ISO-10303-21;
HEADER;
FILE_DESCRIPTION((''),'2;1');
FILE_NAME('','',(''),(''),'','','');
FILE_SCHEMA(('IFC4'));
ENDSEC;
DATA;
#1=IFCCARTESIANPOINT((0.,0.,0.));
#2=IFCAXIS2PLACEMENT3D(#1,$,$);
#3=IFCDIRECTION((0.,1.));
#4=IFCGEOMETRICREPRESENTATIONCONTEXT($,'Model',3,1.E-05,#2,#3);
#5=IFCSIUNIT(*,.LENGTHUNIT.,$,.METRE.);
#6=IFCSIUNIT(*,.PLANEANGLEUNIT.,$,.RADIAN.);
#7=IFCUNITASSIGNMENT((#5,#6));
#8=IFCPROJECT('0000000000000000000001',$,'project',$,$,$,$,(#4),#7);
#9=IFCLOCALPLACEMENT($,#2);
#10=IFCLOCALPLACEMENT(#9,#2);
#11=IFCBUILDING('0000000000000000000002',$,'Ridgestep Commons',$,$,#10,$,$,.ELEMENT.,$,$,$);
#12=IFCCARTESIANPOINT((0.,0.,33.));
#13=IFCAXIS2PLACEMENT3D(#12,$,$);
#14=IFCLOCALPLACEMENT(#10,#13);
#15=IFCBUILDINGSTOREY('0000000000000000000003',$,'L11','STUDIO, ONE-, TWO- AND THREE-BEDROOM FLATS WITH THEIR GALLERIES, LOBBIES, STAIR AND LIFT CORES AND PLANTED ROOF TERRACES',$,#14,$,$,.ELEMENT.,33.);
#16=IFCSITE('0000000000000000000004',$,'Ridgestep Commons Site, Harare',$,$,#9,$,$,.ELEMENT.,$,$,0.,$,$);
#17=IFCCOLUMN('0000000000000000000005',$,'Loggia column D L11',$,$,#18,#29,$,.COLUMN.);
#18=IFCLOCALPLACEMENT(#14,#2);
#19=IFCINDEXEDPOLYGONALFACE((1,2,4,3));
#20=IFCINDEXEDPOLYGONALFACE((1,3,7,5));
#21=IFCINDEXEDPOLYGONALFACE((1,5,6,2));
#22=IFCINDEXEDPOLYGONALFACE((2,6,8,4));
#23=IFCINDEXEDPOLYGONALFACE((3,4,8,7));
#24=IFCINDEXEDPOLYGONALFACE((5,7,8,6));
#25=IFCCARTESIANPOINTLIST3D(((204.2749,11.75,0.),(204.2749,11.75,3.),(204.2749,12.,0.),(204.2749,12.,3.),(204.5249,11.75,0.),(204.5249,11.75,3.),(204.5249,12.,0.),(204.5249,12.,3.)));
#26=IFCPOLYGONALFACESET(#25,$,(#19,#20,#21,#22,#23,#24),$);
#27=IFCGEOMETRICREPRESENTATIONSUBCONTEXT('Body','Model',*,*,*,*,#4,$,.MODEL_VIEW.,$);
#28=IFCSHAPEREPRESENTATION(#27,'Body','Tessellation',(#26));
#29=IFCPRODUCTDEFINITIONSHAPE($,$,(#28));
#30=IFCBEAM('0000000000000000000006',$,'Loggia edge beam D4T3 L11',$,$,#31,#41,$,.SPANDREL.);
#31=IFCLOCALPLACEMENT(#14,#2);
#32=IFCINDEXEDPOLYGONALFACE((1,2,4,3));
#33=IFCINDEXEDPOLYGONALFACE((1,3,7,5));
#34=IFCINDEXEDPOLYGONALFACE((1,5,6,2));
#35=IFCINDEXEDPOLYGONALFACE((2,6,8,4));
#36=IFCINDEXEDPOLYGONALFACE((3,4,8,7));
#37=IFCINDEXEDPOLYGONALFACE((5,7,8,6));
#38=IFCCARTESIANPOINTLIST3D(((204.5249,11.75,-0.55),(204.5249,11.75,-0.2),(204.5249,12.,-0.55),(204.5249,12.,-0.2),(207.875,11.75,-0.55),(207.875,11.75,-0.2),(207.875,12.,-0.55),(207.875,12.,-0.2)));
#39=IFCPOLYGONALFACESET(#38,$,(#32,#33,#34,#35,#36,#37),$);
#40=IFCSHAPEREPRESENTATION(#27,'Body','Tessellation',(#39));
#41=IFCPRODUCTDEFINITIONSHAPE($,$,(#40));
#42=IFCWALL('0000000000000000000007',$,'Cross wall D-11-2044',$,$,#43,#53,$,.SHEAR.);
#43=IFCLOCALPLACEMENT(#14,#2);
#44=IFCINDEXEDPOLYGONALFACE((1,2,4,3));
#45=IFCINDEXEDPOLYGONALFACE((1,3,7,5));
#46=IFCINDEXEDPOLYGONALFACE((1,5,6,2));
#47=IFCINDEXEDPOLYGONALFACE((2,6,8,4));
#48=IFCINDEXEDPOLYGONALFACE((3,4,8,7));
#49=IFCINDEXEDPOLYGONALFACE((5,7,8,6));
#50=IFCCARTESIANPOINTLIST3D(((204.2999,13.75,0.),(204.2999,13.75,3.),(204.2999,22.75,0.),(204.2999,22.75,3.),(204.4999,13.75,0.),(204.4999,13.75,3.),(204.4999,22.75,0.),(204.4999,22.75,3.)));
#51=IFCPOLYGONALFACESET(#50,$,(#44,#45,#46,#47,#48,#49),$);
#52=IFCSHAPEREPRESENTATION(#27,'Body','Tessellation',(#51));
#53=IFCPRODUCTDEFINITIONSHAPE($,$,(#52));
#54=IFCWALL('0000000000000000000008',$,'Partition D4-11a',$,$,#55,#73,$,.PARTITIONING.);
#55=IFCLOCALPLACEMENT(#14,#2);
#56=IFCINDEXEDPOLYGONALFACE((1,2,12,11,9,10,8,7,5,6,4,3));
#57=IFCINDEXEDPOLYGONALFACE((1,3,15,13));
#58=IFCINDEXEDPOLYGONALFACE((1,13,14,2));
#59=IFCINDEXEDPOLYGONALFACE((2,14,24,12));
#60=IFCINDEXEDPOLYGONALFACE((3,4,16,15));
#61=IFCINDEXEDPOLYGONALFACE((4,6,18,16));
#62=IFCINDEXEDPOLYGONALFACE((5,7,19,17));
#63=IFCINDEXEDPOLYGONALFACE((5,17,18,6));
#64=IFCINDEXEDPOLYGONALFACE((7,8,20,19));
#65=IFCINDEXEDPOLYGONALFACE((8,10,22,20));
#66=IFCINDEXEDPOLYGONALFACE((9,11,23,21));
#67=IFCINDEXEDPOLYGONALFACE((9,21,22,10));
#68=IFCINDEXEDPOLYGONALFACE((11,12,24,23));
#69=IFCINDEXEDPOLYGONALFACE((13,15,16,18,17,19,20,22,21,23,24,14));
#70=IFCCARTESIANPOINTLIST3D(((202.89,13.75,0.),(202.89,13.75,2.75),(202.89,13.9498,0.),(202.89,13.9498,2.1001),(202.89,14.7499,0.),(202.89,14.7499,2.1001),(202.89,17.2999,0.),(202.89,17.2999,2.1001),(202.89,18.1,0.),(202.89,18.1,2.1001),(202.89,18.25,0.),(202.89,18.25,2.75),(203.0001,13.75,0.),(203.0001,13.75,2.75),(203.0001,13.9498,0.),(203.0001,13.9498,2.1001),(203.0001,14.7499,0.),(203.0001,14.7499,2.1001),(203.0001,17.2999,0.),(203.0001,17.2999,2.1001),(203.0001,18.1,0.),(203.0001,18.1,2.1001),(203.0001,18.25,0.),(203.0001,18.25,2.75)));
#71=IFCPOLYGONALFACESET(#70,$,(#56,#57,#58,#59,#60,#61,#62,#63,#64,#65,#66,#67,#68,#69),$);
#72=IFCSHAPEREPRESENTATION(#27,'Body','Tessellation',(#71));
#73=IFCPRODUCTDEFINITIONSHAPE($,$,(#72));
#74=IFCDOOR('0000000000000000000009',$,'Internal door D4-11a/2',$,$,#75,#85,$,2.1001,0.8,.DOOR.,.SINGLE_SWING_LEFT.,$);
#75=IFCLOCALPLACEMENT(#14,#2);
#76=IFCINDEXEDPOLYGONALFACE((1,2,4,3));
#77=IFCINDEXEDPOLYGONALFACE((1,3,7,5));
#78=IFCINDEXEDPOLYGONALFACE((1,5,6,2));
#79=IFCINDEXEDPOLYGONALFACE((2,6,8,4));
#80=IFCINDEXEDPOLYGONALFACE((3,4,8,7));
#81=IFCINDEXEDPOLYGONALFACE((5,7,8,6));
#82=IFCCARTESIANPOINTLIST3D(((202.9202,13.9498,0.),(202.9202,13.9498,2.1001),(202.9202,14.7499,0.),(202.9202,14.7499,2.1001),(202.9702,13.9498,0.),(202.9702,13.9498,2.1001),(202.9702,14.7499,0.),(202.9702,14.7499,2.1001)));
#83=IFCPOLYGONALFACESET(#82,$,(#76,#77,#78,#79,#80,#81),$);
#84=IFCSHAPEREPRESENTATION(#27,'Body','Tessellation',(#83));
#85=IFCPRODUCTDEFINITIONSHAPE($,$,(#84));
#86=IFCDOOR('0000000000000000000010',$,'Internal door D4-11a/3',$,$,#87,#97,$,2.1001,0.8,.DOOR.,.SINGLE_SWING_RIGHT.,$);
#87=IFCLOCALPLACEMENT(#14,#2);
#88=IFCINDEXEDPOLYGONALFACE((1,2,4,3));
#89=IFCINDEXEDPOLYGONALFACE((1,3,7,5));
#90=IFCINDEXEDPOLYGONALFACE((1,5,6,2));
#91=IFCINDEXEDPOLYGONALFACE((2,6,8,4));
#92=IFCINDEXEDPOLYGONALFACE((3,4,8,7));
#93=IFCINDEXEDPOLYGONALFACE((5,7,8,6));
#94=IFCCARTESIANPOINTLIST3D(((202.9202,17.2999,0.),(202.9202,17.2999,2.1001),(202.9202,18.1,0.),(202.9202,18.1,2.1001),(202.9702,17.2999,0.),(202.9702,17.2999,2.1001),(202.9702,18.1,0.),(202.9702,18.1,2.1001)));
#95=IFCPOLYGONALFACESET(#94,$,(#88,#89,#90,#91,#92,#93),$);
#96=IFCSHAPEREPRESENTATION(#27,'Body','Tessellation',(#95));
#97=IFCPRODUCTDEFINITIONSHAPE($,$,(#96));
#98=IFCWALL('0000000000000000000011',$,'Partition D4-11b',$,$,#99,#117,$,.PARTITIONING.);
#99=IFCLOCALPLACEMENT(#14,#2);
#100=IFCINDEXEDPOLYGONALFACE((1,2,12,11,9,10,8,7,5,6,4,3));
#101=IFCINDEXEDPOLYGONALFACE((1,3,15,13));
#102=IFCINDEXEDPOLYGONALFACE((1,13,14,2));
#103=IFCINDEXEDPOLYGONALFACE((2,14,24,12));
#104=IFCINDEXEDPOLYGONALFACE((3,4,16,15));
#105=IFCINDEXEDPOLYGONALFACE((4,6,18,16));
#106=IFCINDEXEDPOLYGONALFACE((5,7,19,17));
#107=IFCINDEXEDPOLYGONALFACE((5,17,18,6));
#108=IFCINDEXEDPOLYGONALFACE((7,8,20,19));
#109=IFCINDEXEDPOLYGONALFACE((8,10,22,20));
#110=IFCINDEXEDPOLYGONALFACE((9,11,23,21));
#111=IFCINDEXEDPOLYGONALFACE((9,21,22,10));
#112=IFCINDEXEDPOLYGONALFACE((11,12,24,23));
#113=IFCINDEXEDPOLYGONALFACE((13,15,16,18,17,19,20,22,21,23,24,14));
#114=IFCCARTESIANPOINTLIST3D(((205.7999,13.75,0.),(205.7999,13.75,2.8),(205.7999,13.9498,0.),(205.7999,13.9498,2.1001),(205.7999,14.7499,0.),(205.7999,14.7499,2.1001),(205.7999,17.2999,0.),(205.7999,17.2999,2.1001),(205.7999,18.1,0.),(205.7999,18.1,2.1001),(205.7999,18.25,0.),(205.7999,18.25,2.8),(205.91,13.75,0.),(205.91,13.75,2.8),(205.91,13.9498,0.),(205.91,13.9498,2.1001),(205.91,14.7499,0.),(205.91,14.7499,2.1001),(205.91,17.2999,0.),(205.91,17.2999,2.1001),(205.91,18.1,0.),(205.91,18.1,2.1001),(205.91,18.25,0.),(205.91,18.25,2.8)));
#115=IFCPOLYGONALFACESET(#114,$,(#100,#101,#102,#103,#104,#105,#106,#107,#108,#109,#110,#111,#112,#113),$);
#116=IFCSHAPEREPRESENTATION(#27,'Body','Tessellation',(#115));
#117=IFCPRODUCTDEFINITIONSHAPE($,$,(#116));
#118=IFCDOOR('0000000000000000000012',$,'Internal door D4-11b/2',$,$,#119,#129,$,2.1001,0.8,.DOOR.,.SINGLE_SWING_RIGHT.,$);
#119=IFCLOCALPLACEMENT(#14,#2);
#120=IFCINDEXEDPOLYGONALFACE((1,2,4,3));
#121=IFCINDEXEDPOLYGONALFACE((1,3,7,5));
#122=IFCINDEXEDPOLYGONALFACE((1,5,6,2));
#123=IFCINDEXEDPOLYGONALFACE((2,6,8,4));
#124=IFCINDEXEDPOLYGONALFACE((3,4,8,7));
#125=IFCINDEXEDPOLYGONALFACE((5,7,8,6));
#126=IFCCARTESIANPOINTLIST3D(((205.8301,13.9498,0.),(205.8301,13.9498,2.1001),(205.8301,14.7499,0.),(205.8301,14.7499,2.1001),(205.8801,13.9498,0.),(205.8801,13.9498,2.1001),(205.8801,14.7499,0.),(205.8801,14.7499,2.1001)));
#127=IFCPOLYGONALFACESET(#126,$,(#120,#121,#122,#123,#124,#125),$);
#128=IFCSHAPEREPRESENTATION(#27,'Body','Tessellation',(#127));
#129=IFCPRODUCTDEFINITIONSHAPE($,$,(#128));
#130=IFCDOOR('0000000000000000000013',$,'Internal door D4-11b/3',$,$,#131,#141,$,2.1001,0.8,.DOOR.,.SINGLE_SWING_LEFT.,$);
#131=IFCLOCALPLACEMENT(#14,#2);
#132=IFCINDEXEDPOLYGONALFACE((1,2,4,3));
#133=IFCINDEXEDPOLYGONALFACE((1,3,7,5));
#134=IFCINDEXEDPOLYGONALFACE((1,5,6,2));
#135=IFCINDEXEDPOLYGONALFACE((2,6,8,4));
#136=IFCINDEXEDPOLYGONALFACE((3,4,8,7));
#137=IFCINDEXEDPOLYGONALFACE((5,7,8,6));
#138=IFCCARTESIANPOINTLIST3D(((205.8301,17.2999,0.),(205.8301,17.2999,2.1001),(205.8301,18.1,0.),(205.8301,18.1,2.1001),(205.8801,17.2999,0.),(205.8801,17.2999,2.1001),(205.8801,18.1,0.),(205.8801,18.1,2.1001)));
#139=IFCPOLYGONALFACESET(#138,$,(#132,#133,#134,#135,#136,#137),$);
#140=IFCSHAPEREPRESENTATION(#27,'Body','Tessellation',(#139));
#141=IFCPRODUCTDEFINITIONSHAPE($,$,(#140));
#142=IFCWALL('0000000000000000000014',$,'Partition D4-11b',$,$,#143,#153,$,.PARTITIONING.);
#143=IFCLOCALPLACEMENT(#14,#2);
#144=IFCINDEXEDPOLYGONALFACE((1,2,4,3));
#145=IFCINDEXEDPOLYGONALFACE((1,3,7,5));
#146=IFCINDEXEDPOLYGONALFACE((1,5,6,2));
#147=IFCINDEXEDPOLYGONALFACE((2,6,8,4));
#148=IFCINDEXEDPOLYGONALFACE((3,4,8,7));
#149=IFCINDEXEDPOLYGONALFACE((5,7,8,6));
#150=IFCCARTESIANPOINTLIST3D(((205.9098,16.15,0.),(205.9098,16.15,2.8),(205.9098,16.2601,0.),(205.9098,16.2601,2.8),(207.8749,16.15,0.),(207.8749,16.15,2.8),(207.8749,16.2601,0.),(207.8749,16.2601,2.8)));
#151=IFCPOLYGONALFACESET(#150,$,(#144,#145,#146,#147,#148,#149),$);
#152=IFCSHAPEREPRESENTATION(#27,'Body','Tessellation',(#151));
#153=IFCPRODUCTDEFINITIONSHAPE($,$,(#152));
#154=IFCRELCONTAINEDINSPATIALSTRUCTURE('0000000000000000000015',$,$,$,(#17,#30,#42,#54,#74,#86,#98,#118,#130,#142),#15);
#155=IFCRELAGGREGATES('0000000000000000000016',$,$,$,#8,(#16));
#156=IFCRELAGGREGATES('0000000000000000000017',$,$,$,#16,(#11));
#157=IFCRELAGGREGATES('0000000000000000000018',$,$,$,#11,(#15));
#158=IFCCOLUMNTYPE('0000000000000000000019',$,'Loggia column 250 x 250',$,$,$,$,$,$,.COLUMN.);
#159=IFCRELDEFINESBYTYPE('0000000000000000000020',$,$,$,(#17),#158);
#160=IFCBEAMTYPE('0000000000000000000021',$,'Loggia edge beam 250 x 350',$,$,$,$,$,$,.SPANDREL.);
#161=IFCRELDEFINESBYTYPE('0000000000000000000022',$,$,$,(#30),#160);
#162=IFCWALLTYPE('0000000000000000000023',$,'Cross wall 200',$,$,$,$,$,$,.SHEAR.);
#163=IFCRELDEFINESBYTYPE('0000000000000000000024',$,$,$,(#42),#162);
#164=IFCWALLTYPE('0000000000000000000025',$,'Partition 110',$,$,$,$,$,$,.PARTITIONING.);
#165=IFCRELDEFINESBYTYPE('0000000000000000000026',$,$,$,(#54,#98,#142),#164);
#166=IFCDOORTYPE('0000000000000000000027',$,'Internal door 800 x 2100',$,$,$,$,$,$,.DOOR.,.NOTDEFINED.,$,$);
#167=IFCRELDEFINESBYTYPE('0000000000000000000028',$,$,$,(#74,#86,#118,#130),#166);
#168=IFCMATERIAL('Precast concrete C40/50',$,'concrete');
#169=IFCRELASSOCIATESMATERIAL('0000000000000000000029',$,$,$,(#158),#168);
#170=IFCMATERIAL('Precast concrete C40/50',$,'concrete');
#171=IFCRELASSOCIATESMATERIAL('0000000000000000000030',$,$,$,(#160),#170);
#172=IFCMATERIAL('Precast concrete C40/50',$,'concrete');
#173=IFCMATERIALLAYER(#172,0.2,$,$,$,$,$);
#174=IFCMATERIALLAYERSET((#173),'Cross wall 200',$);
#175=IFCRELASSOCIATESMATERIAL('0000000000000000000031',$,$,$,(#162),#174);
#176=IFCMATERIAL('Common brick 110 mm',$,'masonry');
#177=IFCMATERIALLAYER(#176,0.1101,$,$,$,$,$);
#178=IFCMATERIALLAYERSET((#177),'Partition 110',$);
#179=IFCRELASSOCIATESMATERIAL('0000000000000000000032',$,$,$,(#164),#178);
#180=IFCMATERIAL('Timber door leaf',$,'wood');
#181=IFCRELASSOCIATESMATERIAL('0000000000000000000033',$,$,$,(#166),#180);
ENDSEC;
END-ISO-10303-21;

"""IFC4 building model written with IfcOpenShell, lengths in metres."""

from ifc_helpers import new_model, si_unit, direction, frame, frame_2d, origin, origin_2d, place, context, subcontext, project, spatial, rectangle, extrude, material, layer, layer_set, material_profile, profile_set, type_object, element, fill, save


model = new_model("IFC4")

# Units and contexts
model_context = context("Model", 3, precision=1e-05, world=origin(), true_north=direction((0.0, 1.0)))
body_context = subcontext(model_context, "Body", "Model", "MODEL_VIEW")
ifc_project = project(units=[si_unit("LENGTHUNIT", "METRE"), si_unit("PLANEANGLEUNIT", "RADIAN")], contexts=[model_context])

# Site, building, storey
site_placement = place(None, origin())
site = spatial("IfcSite", under=ifc_project, at=site_placement, Name="Ridgestep Commons Site, Harare", CompositionType="ELEMENT", RefElevation=0.0)
building_placement = place(site_placement, origin())
building = spatial("IfcBuilding", under=site, at=building_placement, Name="Ridgestep Commons", CompositionType="ELEMENT")
storey_placement = place(building_placement, frame((0.0, 0.0, 33.0)))
storey = spatial("IfcBuildingStorey", under=building, at=storey_placement, Name="L11", Description="STUDIO, ONE-, TWO- AND THREE-BEDROOM FLATS WITH THEIR GALLERIES, LOBBIES, STAIR AND LIFT CORES AND PLANTED ROOF TERRACES", CompositionType="ELEMENT", Elevation=33.0)

# Column
ifc_material_1 = material(Name="Precast concrete C40/50", Category="concrete")
ifc_material_profile_1 = material_profile(ifc_material_1, rectangle(XDim=0.25, YDim=0.25, at=origin_2d()), Name="PC 250x250")
ifc_profile_set_1 = profile_set([ifc_material_profile_1], Name="Precast concrete C40/50")
column_type = type_object("IfcColumnType", Name="Loggia column 250 x 250", PredefinedType="COLUMN", material=ifc_profile_set_1)
column_placement = place(storey_placement, frame((204.3999, 11.875, 0.0), z_axis=(0.0, 0.0, 1.0), x_axis=(1.0, 0.0, 0.0)))
element("IfcColumn", 1, at=column_placement, inside=storey, type_object=column_type, Name="Loggia column D L11", PredefinedType="COLUMN", context=body_context, shape_type="SweptSolid", body=[
    extrude(rectangle(XDim=0.25, YDim=0.25, at=origin_2d()), origin(), (0.0, 0.0, 1.0), 3.0),
])

# Beam
ifc_material_2 = material(Name="Precast concrete C40/50", Category="concrete")
ifc_material_profile_2 = material_profile(ifc_material_2, rectangle(XDim=0.25, YDim=0.3501, at=origin_2d()), Name="PC 250x350")
ifc_profile_set_2 = profile_set([ifc_material_profile_2], Name="Precast concrete C40/50")
beam_type = type_object("IfcBeamType", Name="Loggia edge beam 250 x 350", PredefinedType="SPANDREL", material=ifc_profile_set_2)
beam_placement = place(storey_placement, frame((204.5249, 11.875, -0.375), z_axis=(1.0, 0.0, 0.0), x_axis=(0.0, 1.0, 0.0)))
element("IfcBeam", 2, at=beam_placement, inside=storey, type_object=beam_type, Name="Loggia edge beam D4T3 L11", PredefinedType="SPANDREL", context=body_context, shape_type="SweptSolid", body=[
    extrude(rectangle(XDim=0.25, YDim=0.3501, at=origin_2d()), origin(), (0.0, 0.0, 1.0), 3.3501),
])

# Wall
ifc_material_3 = material(Name="Precast concrete C40/50", Category="concrete")
ifc_layer_1 = layer(ifc_material_3, 0.2)
ifc_layer_set_1 = layer_set([ifc_layer_1], Name="Cross wall 200")
wall_type_1 = type_object("IfcWallType", Name="Cross wall 200", PredefinedType="SHEAR", material=ifc_layer_set_1)
wall_1_placement = place(storey_placement, frame((204.3999, 13.75, 0.0), z_axis=(0.0, 0.0, 1.0), x_axis=(0.0, 1.0, 0.0)))
element("IfcWall", 3, at=wall_1_placement, inside=storey, type_object=wall_type_1, Name="Cross wall D-11-2044", PredefinedType="SHEAR", context=body_context, shape_type="SweptSolid", body=[
    extrude(rectangle(XDim=9.0, YDim=0.2, at=frame_2d((4.5, 0.0))), origin(), (0.0, 0.0, 1.0), 3.0),
])

# Walls, openings, doors
ifc_material_4 = material(Name="Common brick 110 mm", Category="masonry")
ifc_layer_2 = layer(ifc_material_4, 0.1101)
ifc_layer_set_2 = layer_set([ifc_layer_2], Name="Partition 110")
wall_type_2 = type_object("IfcWallType", Name="Partition 110", PredefinedType="PARTITIONING", material=ifc_layer_set_2)
wall_2_placement = place(storey_placement, frame((202.9451, 13.75, 0.0), z_axis=(0.0, 0.0, 1.0), x_axis=(0.0, 1.0, 0.0)))
wall_2 = element("IfcWall", 4, at=wall_2_placement, inside=storey, type_object=wall_type_2, Name="Partition D4-11a", PredefinedType="PARTITIONING", context=body_context, shape_type="SweptSolid", body=[
    extrude(rectangle(XDim=4.5, YDim=0.1101, at=frame_2d((2.25, 0.0))), origin(), (0.0, 0.0, 1.0), 2.75),
])
opening_1_placement = place(wall_2_placement, frame((0.2, 0.0, 0.0)))
opening_1 = element("IfcOpeningElement", 5, at=opening_1_placement, cuts=wall_2, PredefinedType="OPENING", context=body_context, shape_type="SweptSolid", body=[
    extrude(rectangle(XDim=0.8, YDim=2.1001, at=frame_2d((0.3999, 1.05))), frame((0.0, 0.0649, 0.0), z_axis=(0.0, -1.0, 0.0), x_axis=(1.0, 0.0, 0.0)), (0.0, 0.0, 1.0), 0.1301),
])
opening_2_placement = place(wall_2_placement, frame((3.55, 0.0, 0.0)))
opening_2 = element("IfcOpeningElement", 6, at=opening_2_placement, cuts=wall_2, PredefinedType="OPENING", context=body_context, shape_type="SweptSolid", body=[
    extrude(rectangle(XDim=0.8, YDim=2.1001, at=frame_2d((0.3999, 1.05))), frame((0.0, 0.0649, 0.0), z_axis=(0.0, -1.0, 0.0), x_axis=(1.0, 0.0, 0.0)), (0.0, 0.0, 1.0), 0.1301),
])
ifc_material_5 = material(Name="Timber door leaf", Category="wood")
door_type_1 = type_object("IfcDoorType", Name="Internal door 800 x 2100", OperationType="NOTDEFINED", PredefinedType="DOOR", material=ifc_material_5)
door_1_placement = place(opening_1_placement, origin())
door_1 = element("IfcDoor", 7, at=door_1_placement, inside=storey, type_object=door_type_1, Name="Internal door D4-11a/2", OperationType="SINGLE_SWING_LEFT", OverallHeight=2.1001, OverallWidth=0.8, PredefinedType="DOOR", context=body_context, shape_type="SweptSolid", body=[
    extrude(rectangle(XDim=0.8, YDim=2.1001, at=frame_2d((0.3999, 1.05))), frame((0.0, 0.0249, 0.0), z_axis=(0.0, -1.0, 0.0), x_axis=(1.0, 0.0, 0.0)), (0.0, 0.0, 1.0), 0.05),
])
fill(opening_1, door_1)
door_2_placement = place(opening_2_placement, origin())
door_2 = element("IfcDoor", 8, at=door_2_placement, inside=storey, type_object=door_type_1, Name="Internal door D4-11a/3", OperationType="SINGLE_SWING_RIGHT", OverallHeight=2.1001, OverallWidth=0.8, PredefinedType="DOOR", context=body_context, shape_type="SweptSolid", body=[
    extrude(rectangle(XDim=0.8, YDim=2.1001, at=frame_2d((0.3999, 1.05))), frame((0.0, 0.0249, 0.0), z_axis=(0.0, -1.0, 0.0), x_axis=(1.0, 0.0, 0.0)), (0.0, 0.0, 1.0), 0.05),
])
fill(opening_2, door_2)
wall_3_placement = place(storey_placement, frame((205.855, 13.75, 0.0), z_axis=(0.0, 0.0, 1.0), x_axis=(0.0, 1.0, 0.0)))
wall_3 = element("IfcWall", 9, at=wall_3_placement, inside=storey, type_object=wall_type_2, Name="Partition D4-11b", PredefinedType="PARTITIONING", context=body_context, shape_type="SweptSolid", body=[
    extrude(rectangle(XDim=4.5, YDim=0.1101, at=frame_2d((2.25, 0.0))), origin(), (0.0, 0.0, 1.0), 2.8),
])
opening_3_placement = place(wall_3_placement, frame((0.2, 0.0, 0.0)))
opening_3 = element("IfcOpeningElement", 10, at=opening_3_placement, cuts=wall_3, PredefinedType="OPENING", context=body_context, shape_type="SweptSolid", body=[
    extrude(rectangle(XDim=0.8, YDim=2.1001, at=frame_2d((0.3999, 1.05))), frame((0.0, 0.0649, 0.0), z_axis=(0.0, -1.0, 0.0), x_axis=(1.0, 0.0, 0.0)), (0.0, 0.0, 1.0), 0.1301),
])
opening_4_placement = place(wall_3_placement, frame((3.55, 0.0, 0.0)))
opening_4 = element("IfcOpeningElement", 11, at=opening_4_placement, cuts=wall_3, PredefinedType="OPENING", context=body_context, shape_type="SweptSolid", body=[
    extrude(rectangle(XDim=0.8, YDim=2.1001, at=frame_2d((0.3999, 1.05))), frame((0.0, 0.0649, 0.0), z_axis=(0.0, -1.0, 0.0), x_axis=(1.0, 0.0, 0.0)), (0.0, 0.0, 1.0), 0.1301),
])
door_3_placement = place(opening_3_placement, origin())
door_3 = element("IfcDoor", 12, at=door_3_placement, inside=storey, type_object=door_type_1, Name="Internal door D4-11b/2", OperationType="SINGLE_SWING_RIGHT", OverallHeight=2.1001, OverallWidth=0.8, PredefinedType="DOOR", context=body_context, shape_type="SweptSolid", body=[
    extrude(rectangle(XDim=0.8, YDim=2.1001, at=frame_2d((0.3999, 1.05))), frame((0.0, 0.0249, 0.0), z_axis=(0.0, -1.0, 0.0), x_axis=(1.0, 0.0, 0.0)), (0.0, 0.0, 1.0), 0.05),
])
fill(opening_3, door_3)
door_4_placement = place(opening_4_placement, origin())
door_4 = element("IfcDoor", 13, at=door_4_placement, inside=storey, type_object=door_type_1, Name="Internal door D4-11b/3", OperationType="SINGLE_SWING_LEFT", OverallHeight=2.1001, OverallWidth=0.8, PredefinedType="DOOR", context=body_context, shape_type="SweptSolid", body=[
    extrude(rectangle(XDim=0.8, YDim=2.1001, at=frame_2d((0.3999, 1.05))), frame((0.0, 0.0249, 0.0), z_axis=(0.0, -1.0, 0.0), x_axis=(1.0, 0.0, 0.0)), (0.0, 0.0, 1.0), 0.05),
])
fill(opening_4, door_4)

# Wall
wall_4_placement = place(storey_placement, frame((205.9099, 16.2051, 0.0), z_axis=(0.0, 0.0, 1.0), x_axis=(1.0, 0.0, 0.0)))
element("IfcWall", 14, at=wall_4_placement, inside=storey, type_object=wall_type_2, Name="Partition D4-11b", PredefinedType="PARTITIONING", context=body_context, shape_type="SweptSolid", body=[
    extrude(rectangle(XDim=1.9651, YDim=0.1101, at=frame_2d((0.9824, 0.0))), origin(), (0.0, 0.0, 1.0), 2.8),
])

save(model, "model.ifc")
